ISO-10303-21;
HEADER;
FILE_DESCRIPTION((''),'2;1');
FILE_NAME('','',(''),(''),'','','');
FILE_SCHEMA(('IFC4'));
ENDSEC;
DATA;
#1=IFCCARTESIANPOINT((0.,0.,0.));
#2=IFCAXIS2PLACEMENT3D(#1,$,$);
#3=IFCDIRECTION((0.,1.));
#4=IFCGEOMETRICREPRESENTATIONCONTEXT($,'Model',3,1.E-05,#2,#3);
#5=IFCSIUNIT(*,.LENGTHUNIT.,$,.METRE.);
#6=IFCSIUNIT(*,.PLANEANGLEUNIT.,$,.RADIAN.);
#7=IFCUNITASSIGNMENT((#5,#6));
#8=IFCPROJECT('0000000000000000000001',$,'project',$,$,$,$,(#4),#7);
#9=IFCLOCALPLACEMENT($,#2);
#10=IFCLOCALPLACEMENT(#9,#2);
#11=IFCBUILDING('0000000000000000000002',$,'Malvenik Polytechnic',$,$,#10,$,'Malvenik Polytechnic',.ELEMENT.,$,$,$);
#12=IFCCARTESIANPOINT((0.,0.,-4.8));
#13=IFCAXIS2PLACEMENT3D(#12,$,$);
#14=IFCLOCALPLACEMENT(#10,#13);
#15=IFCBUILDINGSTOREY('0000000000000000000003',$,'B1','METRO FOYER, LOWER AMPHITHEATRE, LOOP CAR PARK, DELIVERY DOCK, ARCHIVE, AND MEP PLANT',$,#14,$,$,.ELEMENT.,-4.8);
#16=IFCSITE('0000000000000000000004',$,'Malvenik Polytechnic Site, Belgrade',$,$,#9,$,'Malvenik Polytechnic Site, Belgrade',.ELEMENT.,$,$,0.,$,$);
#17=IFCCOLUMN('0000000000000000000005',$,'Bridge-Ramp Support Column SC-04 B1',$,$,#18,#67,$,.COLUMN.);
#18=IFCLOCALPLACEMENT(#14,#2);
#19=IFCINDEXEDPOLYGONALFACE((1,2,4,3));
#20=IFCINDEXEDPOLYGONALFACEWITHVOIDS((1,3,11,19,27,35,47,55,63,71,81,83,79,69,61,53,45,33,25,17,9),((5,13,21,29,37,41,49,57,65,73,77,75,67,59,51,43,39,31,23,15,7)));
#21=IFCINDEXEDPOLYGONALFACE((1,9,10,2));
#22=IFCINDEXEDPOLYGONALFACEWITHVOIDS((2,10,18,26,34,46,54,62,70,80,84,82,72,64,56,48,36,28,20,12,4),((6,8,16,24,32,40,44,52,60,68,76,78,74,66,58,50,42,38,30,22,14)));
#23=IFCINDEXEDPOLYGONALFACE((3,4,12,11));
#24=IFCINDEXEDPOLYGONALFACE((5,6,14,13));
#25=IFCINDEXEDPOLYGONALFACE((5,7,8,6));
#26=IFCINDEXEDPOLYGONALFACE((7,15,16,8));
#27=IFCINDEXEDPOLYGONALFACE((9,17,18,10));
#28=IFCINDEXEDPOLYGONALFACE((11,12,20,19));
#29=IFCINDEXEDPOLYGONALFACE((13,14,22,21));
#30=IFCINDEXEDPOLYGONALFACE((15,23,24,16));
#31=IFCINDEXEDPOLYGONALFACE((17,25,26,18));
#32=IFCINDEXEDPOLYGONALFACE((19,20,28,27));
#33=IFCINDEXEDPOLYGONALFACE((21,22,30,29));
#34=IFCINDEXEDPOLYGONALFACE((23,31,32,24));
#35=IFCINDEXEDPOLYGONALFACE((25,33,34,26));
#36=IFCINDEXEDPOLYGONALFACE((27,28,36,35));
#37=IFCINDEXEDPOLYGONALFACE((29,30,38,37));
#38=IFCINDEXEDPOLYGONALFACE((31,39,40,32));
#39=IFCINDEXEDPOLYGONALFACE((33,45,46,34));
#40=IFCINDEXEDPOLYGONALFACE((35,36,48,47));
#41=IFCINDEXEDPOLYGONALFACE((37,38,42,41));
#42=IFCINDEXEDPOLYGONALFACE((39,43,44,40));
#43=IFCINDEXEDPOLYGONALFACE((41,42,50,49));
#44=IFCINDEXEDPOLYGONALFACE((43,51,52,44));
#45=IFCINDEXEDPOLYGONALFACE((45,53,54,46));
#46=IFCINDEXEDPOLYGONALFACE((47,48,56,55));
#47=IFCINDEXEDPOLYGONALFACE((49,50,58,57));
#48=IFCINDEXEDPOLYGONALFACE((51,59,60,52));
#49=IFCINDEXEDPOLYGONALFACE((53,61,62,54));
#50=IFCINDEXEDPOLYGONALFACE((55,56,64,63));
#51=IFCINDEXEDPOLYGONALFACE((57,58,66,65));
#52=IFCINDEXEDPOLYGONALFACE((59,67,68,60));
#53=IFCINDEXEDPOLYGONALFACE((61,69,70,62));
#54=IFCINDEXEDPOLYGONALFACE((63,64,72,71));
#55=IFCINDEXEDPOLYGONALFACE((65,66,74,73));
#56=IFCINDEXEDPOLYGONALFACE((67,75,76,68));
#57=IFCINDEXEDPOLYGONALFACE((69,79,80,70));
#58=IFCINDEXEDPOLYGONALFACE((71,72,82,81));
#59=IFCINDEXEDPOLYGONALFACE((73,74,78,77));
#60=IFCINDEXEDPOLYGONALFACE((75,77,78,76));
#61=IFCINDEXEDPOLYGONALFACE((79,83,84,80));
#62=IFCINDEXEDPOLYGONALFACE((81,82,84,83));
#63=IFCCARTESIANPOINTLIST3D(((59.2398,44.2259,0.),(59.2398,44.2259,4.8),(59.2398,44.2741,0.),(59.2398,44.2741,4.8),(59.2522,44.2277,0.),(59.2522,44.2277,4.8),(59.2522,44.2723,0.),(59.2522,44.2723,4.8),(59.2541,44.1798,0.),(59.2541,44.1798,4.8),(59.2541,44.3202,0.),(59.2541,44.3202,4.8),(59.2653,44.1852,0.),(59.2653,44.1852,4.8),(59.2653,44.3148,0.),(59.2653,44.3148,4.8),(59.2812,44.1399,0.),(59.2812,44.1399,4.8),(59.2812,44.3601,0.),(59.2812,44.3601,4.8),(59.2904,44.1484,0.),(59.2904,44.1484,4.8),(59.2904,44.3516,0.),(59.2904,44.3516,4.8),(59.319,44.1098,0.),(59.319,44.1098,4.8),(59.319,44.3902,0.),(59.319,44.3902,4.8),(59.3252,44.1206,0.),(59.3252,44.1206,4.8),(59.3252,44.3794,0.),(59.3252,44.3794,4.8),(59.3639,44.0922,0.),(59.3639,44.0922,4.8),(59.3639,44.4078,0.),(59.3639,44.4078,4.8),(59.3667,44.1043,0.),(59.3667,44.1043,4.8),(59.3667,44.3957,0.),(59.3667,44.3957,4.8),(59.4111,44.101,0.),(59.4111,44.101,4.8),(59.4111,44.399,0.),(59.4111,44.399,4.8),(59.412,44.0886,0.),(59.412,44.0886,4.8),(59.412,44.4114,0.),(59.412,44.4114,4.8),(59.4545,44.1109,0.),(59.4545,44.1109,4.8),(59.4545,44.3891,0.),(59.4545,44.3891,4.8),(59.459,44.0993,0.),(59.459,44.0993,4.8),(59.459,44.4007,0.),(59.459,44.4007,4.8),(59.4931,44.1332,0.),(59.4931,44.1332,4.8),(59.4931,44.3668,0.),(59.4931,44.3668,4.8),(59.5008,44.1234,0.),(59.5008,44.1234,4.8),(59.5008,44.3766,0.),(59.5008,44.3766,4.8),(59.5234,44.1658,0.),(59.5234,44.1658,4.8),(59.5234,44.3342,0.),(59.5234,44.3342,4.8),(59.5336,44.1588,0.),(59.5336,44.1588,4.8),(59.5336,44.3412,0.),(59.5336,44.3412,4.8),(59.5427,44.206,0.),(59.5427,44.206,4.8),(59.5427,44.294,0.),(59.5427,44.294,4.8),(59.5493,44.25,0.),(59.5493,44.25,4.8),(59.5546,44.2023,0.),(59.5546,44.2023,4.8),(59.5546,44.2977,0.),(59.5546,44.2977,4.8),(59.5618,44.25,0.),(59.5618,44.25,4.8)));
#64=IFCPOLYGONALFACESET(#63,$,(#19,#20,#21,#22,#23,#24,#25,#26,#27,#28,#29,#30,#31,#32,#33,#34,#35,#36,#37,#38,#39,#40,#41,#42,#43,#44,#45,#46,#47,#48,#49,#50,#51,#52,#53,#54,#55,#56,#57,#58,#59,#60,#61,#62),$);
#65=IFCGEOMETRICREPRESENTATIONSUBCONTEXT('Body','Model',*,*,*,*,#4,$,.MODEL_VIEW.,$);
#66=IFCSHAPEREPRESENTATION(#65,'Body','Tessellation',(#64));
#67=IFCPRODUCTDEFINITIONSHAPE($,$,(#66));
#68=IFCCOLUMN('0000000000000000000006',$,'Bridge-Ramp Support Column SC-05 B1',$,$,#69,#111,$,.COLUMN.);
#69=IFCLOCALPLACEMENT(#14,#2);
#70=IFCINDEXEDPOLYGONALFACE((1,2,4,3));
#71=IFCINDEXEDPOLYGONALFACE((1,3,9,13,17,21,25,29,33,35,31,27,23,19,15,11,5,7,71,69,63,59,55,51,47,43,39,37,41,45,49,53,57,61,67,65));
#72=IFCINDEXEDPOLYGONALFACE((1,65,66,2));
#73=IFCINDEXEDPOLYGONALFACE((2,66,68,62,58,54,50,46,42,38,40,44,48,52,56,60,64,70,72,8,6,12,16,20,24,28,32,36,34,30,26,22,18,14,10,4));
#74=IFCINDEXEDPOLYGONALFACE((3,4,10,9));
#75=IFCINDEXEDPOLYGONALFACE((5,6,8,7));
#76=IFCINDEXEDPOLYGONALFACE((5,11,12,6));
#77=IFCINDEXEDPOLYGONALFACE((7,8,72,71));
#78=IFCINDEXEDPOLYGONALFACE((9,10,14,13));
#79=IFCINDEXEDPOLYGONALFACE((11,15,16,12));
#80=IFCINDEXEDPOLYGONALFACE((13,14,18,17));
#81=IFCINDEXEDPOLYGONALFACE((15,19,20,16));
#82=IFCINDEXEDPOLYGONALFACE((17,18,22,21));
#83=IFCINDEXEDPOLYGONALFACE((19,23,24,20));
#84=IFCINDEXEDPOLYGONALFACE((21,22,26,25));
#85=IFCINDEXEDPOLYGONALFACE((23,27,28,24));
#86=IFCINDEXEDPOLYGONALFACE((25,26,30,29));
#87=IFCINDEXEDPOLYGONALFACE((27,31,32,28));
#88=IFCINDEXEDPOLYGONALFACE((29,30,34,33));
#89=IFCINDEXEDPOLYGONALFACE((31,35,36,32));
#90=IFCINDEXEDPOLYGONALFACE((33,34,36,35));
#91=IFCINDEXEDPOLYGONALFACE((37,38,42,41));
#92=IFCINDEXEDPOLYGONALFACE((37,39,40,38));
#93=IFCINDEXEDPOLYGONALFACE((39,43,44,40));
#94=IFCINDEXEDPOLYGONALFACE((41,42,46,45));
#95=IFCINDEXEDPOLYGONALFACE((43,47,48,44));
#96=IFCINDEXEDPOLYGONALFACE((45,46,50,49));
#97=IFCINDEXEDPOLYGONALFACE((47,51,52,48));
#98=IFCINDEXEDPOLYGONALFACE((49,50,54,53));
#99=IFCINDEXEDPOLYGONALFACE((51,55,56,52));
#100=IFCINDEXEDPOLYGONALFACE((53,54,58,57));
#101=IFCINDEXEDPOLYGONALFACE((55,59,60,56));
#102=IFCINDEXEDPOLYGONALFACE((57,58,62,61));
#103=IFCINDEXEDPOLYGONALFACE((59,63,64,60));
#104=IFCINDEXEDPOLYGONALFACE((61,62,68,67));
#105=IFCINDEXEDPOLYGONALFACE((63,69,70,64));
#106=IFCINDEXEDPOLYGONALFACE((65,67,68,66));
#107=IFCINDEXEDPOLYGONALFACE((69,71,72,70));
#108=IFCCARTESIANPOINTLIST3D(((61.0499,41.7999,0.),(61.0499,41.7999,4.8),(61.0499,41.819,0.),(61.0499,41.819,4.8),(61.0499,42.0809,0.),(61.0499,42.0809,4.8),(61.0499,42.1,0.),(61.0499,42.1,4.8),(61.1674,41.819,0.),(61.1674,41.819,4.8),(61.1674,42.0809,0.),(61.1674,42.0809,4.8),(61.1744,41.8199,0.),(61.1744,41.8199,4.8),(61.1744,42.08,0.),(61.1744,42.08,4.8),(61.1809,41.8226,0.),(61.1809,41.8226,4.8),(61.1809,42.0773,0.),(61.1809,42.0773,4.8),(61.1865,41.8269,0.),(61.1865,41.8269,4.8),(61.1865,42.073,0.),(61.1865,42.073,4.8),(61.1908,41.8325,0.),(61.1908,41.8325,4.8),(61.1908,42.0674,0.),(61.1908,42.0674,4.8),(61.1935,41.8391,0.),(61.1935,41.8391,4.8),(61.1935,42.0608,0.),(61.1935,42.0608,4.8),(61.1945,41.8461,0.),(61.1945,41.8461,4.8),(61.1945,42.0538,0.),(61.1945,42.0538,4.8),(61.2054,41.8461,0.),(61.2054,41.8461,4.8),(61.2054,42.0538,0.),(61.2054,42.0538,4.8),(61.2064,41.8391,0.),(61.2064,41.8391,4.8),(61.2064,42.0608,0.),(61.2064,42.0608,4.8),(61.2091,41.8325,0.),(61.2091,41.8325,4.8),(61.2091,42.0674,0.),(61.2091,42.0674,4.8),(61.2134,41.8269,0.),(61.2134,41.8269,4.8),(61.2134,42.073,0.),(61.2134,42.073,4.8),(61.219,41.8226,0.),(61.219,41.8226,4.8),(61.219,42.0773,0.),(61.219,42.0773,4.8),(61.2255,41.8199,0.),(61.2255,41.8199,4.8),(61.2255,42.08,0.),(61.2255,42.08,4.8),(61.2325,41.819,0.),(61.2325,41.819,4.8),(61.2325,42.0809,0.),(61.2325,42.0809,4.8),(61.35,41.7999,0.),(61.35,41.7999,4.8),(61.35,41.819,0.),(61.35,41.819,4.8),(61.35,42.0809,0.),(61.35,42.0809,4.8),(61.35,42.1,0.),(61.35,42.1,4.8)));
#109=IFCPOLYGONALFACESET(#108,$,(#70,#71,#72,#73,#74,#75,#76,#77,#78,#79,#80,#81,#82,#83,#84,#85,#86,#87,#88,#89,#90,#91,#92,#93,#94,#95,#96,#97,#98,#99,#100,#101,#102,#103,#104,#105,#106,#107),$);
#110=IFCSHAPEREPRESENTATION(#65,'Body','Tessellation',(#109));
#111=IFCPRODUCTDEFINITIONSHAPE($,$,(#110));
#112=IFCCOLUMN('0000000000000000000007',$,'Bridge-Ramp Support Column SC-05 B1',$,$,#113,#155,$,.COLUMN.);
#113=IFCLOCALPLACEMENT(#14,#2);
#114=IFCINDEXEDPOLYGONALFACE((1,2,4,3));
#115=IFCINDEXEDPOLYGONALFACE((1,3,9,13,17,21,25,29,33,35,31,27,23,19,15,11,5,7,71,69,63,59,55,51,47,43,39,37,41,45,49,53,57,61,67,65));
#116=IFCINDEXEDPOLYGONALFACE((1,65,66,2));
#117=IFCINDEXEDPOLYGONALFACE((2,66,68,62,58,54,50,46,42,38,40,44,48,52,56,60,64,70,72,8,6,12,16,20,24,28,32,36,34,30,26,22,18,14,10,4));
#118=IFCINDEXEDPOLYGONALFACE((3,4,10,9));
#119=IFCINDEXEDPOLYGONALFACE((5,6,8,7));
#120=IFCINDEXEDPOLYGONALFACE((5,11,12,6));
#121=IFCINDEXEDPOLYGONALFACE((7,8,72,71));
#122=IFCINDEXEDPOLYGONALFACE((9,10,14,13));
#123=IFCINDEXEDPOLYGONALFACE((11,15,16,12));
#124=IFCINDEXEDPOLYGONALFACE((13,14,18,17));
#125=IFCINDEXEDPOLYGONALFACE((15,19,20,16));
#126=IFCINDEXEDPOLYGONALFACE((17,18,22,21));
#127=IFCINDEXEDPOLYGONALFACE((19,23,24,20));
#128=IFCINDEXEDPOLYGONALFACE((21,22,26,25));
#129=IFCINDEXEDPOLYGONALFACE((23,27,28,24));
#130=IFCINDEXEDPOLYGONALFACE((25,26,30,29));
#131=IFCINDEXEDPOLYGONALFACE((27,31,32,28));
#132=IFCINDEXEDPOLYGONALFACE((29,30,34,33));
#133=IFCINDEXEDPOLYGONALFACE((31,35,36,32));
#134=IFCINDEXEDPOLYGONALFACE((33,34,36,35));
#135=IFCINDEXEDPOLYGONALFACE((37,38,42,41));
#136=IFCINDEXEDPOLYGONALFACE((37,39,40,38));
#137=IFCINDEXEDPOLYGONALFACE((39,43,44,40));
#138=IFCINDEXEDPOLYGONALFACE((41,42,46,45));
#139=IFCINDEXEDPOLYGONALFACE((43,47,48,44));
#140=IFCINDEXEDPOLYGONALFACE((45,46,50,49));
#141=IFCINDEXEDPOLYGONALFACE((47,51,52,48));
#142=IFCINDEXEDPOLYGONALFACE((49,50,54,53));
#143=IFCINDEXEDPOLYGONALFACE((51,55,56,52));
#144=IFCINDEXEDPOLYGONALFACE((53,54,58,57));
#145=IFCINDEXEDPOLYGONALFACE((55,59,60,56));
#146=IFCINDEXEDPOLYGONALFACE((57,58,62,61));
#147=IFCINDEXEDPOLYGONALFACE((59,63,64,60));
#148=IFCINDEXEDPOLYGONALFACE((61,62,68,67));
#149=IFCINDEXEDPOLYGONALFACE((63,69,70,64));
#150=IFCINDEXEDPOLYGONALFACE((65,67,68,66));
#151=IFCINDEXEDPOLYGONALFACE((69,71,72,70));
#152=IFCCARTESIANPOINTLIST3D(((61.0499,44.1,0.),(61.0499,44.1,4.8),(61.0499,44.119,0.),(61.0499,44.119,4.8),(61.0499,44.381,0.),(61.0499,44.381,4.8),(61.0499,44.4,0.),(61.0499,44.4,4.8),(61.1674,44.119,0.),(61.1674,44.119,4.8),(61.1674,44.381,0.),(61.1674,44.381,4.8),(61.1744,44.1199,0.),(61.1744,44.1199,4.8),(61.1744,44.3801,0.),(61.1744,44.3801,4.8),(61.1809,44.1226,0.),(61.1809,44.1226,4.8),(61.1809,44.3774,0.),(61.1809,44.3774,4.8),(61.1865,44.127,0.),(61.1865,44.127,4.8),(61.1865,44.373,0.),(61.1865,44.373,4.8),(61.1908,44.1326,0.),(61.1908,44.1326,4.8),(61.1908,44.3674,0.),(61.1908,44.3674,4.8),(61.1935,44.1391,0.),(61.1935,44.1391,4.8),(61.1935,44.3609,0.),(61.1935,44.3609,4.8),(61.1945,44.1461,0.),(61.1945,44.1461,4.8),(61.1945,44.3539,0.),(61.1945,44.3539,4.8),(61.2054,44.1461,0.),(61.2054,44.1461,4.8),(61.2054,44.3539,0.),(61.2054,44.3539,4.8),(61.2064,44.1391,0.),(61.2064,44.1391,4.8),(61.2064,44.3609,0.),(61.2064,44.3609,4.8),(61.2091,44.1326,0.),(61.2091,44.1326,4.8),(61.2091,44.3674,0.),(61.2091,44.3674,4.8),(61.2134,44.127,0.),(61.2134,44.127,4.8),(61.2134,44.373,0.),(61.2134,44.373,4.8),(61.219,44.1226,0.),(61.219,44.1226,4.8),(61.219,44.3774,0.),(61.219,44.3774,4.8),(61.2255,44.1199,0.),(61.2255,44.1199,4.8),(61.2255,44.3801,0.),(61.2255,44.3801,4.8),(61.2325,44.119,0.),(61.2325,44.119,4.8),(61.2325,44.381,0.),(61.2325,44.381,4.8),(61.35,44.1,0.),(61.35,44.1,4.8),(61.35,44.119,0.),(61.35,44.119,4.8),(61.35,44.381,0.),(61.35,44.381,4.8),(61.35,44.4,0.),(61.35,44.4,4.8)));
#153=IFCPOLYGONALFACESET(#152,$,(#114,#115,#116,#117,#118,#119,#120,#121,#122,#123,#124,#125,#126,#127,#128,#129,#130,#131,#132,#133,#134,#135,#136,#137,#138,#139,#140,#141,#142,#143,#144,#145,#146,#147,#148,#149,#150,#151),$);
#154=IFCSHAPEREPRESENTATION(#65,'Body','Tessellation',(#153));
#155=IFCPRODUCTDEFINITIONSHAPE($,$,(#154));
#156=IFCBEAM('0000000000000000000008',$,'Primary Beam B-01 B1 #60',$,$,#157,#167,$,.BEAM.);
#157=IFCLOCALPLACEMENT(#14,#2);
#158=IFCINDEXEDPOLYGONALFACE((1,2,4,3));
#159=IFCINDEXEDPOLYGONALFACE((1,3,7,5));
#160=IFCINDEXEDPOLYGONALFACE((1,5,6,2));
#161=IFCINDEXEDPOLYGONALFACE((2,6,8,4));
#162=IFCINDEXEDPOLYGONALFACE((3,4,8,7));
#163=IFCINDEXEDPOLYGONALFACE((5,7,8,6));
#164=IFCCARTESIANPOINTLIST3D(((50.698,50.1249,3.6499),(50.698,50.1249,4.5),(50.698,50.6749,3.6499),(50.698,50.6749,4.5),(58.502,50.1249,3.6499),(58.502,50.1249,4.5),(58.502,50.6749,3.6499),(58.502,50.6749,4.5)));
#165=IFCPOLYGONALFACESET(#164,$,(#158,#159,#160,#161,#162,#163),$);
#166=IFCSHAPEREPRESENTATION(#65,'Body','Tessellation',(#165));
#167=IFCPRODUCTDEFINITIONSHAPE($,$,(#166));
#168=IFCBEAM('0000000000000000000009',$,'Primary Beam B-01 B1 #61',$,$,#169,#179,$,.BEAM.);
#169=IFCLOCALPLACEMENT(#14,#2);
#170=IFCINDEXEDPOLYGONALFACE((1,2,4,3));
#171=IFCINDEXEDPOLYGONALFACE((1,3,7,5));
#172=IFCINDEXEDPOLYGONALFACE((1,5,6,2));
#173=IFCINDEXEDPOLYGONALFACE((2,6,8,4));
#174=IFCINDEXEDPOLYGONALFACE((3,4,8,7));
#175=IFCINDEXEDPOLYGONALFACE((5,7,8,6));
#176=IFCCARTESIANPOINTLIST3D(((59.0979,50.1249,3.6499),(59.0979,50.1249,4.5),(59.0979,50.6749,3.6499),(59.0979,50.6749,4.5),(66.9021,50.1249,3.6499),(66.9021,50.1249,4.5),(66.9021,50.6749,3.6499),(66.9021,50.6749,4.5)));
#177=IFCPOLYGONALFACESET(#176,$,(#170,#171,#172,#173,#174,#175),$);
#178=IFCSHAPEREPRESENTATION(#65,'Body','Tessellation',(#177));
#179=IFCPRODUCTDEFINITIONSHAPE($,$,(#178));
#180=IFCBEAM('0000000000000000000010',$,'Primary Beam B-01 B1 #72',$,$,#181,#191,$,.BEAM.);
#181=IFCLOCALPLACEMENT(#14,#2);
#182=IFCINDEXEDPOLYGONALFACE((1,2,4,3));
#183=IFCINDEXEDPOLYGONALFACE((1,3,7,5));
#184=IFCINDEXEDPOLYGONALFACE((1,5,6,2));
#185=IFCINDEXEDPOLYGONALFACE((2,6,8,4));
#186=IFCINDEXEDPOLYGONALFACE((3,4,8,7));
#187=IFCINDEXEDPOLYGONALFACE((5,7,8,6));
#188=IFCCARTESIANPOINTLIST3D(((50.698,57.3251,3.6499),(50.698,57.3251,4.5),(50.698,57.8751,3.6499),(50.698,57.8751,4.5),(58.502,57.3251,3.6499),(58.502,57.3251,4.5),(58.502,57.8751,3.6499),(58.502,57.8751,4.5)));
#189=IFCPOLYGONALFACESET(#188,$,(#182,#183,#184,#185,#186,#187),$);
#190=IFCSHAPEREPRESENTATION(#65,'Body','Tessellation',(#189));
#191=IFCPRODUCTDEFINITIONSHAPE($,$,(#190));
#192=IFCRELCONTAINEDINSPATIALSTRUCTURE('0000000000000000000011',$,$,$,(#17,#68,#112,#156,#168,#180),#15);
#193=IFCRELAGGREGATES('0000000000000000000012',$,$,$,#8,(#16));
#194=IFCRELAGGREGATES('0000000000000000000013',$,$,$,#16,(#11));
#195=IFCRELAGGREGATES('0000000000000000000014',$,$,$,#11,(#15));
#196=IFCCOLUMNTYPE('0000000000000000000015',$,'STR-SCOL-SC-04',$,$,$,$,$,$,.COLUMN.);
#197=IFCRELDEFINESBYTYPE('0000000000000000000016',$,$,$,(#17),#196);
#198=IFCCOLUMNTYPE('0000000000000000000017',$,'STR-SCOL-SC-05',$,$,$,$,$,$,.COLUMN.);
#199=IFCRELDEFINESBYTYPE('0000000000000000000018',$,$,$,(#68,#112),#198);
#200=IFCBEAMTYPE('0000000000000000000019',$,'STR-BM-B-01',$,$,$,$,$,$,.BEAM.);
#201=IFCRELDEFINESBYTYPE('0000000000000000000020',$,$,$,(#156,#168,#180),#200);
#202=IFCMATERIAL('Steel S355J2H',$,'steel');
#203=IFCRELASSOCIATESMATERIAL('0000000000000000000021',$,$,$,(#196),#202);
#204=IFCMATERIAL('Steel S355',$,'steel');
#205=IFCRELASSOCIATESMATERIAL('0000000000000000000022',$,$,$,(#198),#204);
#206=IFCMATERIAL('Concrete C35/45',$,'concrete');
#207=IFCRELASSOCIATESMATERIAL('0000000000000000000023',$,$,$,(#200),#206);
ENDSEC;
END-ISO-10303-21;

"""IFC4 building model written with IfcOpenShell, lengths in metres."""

from ifc_helpers import new_model, si_unit, direction, frame, origin, origin_2d, place, context, subcontext, project, spatial, rectangle, hollow_circle, i_section, extrude, material, material_profile, profile_set, type_object, element, save


model = new_model("IFC4")

# Units and contexts
model_context = context("Model", 3, precision=1e-05, world=origin(), true_north=direction((0.0, 1.0)))
body_context = subcontext(model_context, "Body", "Model", "MODEL_VIEW")
ifc_project = project(units=[si_unit("LENGTHUNIT", "METRE"), si_unit("PLANEANGLEUNIT", "RADIAN")], contexts=[model_context])

# Site, building, storey
site_placement = place(None, origin())
site = spatial("IfcSite", under=ifc_project, at=site_placement, Name="Malvenik Polytechnic Site, Belgrade", LongName="Malvenik Polytechnic Site, Belgrade", CompositionType="ELEMENT", RefElevation=0.0)
building_placement = place(site_placement, origin())
building = spatial("IfcBuilding", under=site, at=building_placement, Name="Malvenik Polytechnic", LongName="Malvenik Polytechnic", CompositionType="ELEMENT")
storey_placement = place(building_placement, frame((0.0, 0.0, -4.8)))
storey = spatial("IfcBuildingStorey", under=building, at=storey_placement, Name="B1", Description="METRO FOYER, LOWER AMPHITHEATRE, LOOP CAR PARK, DELIVERY DOCK, ARCHIVE, AND MEP PLANT", CompositionType="ELEMENT", Elevation=-4.8)

# Shared definitions
ifc_material_1 = material(Name="Concrete C35/45", Category="concrete")

# Columns
ifc_material_2 = material(Name="Steel S355J2H", Category="steel")
ifc_material_profile_1 = material_profile(ifc_material_2, hollow_circle(Radius=0.1619, WallThickness=0.0125, at=origin_2d()), Name="CHS 323.9x12.5")
ifc_profile_set_1 = profile_set([ifc_material_profile_1], Name="Steel S355J2H")
column_type_1 = type_object("IfcColumnType", Name="STR-SCOL-SC-04", PredefinedType="COLUMN", material=ifc_profile_set_1)
column_1_placement = place(storey_placement, frame((59.3999, 44.25, 0.0), z_axis=(0.0, 0.0, 1.0), x_axis=(1.0, 0.0, 0.0)))
element("IfcColumn", 1, at=column_1_placement, inside=storey, type_object=column_type_1, Name="Bridge-Ramp Support Column SC-04 B1", PredefinedType="COLUMN", context=body_context, shape_type="SweptSolid", body=[
    extrude(hollow_circle(Radius=0.1619, WallThickness=0.0125, at=origin_2d()), origin(), (0.0, 0.0, 1.0), 4.8),
])
ifc_material_3 = material(Name="Steel S355", Category="steel")
ifc_material_profile_2 = material_profile(ifc_material_3, i_section(OverallWidth=0.3, OverallDepth=0.3, WebThickness=0.011, FlangeThickness=0.019, FilletRadius=0.0271, at=origin_2d()), Name="HEB 300")
ifc_profile_set_2 = profile_set([ifc_material_profile_2], Name="Steel S355")
column_type_2 = type_object("IfcColumnType", Name="STR-SCOL-SC-05", PredefinedType="COLUMN", material=ifc_profile_set_2)
for number, where, z_axis, x_axis, name in (
    (2, (61.2, 41.95, 0.0), (0.0, 0.0, 1.0), (1.0, 0.0, 0.0), "Bridge-Ramp Support Column SC-05 B1"),
    (3, (61.2, 44.25, 0.0), (0.0, 0.0, 1.0), (1.0, 0.0, 0.0), "Bridge-Ramp Support Column SC-05 B1"),
):
    element("IfcColumn", number, at=place(storey_placement, frame(where, z_axis=z_axis, x_axis=x_axis)), inside=storey, type_object=column_type_2, Name=name, PredefinedType="COLUMN", context=body_context, shape_type="SweptSolid", body=[
        extrude(i_section(OverallWidth=0.3, OverallDepth=0.3, WebThickness=0.011, FlangeThickness=0.019, FilletRadius=0.0271, at=origin_2d()), origin(), (0.0, 0.0, 1.0), 4.8),
    ])

# Beams
ifc_material_profile_3 = material_profile(ifc_material_1, rectangle(XDim=0.55, YDim=0.8501, at=origin_2d()), Name="RC BM 550x850")
ifc_profile_set_3 = profile_set([ifc_material_profile_3], Name="Concrete C35/45")
beam_type_1 = type_object("IfcBeamType", Name="STR-BM-B-01", PredefinedType="BEAM", material=ifc_profile_set_3)
beam_1_placement = place(storey_placement, frame((50.698, 50.3999, 4.075), z_axis=(1.0, 0.0, 0.0), x_axis=(0.0, 1.0, 0.0)))
element("IfcBeam", 4, at=beam_1_placement, inside=storey, type_object=beam_type_1, Name="Primary Beam B-01 B1 #60", PredefinedType="BEAM", context=body_context, shape_type="SweptSolid", body=[
    extrude(rectangle(XDim=0.55, YDim=0.8501, at=origin_2d()), origin(), (0.0, 0.0, 1.0), 7.804),
])
beam_2_placement = place(storey_placement, frame((59.0979, 50.3999, 4.075), z_axis=(1.0, 0.0, 0.0), x_axis=(0.0, 1.0, 0.0)))
element("IfcBeam", 5, at=beam_2_placement, inside=storey, type_object=beam_type_1, Name="Primary Beam B-01 B1 #61", PredefinedType="BEAM", context=body_context, shape_type="SweptSolid", body=[
    extrude(rectangle(XDim=0.55, YDim=0.8501, at=origin_2d()), origin(), (0.0, 0.0, 1.0), 7.8042),
])
beam_3_placement = place(storey_placement, frame((50.698, 57.6001, 4.075), z_axis=(1.0, 0.0, 0.0), x_axis=(0.0, 1.0, 0.0)))
element("IfcBeam", 6, at=beam_3_placement, inside=storey, type_object=beam_type_1, Name="Primary Beam B-01 B1 #72", PredefinedType="BEAM", context=body_context, shape_type="SweptSolid", body=[
    extrude(rectangle(XDim=0.55, YDim=0.8501, at=origin_2d()), origin(), (0.0, 0.0, 1.0), 7.804),
])

save(model, "model.ifc")
